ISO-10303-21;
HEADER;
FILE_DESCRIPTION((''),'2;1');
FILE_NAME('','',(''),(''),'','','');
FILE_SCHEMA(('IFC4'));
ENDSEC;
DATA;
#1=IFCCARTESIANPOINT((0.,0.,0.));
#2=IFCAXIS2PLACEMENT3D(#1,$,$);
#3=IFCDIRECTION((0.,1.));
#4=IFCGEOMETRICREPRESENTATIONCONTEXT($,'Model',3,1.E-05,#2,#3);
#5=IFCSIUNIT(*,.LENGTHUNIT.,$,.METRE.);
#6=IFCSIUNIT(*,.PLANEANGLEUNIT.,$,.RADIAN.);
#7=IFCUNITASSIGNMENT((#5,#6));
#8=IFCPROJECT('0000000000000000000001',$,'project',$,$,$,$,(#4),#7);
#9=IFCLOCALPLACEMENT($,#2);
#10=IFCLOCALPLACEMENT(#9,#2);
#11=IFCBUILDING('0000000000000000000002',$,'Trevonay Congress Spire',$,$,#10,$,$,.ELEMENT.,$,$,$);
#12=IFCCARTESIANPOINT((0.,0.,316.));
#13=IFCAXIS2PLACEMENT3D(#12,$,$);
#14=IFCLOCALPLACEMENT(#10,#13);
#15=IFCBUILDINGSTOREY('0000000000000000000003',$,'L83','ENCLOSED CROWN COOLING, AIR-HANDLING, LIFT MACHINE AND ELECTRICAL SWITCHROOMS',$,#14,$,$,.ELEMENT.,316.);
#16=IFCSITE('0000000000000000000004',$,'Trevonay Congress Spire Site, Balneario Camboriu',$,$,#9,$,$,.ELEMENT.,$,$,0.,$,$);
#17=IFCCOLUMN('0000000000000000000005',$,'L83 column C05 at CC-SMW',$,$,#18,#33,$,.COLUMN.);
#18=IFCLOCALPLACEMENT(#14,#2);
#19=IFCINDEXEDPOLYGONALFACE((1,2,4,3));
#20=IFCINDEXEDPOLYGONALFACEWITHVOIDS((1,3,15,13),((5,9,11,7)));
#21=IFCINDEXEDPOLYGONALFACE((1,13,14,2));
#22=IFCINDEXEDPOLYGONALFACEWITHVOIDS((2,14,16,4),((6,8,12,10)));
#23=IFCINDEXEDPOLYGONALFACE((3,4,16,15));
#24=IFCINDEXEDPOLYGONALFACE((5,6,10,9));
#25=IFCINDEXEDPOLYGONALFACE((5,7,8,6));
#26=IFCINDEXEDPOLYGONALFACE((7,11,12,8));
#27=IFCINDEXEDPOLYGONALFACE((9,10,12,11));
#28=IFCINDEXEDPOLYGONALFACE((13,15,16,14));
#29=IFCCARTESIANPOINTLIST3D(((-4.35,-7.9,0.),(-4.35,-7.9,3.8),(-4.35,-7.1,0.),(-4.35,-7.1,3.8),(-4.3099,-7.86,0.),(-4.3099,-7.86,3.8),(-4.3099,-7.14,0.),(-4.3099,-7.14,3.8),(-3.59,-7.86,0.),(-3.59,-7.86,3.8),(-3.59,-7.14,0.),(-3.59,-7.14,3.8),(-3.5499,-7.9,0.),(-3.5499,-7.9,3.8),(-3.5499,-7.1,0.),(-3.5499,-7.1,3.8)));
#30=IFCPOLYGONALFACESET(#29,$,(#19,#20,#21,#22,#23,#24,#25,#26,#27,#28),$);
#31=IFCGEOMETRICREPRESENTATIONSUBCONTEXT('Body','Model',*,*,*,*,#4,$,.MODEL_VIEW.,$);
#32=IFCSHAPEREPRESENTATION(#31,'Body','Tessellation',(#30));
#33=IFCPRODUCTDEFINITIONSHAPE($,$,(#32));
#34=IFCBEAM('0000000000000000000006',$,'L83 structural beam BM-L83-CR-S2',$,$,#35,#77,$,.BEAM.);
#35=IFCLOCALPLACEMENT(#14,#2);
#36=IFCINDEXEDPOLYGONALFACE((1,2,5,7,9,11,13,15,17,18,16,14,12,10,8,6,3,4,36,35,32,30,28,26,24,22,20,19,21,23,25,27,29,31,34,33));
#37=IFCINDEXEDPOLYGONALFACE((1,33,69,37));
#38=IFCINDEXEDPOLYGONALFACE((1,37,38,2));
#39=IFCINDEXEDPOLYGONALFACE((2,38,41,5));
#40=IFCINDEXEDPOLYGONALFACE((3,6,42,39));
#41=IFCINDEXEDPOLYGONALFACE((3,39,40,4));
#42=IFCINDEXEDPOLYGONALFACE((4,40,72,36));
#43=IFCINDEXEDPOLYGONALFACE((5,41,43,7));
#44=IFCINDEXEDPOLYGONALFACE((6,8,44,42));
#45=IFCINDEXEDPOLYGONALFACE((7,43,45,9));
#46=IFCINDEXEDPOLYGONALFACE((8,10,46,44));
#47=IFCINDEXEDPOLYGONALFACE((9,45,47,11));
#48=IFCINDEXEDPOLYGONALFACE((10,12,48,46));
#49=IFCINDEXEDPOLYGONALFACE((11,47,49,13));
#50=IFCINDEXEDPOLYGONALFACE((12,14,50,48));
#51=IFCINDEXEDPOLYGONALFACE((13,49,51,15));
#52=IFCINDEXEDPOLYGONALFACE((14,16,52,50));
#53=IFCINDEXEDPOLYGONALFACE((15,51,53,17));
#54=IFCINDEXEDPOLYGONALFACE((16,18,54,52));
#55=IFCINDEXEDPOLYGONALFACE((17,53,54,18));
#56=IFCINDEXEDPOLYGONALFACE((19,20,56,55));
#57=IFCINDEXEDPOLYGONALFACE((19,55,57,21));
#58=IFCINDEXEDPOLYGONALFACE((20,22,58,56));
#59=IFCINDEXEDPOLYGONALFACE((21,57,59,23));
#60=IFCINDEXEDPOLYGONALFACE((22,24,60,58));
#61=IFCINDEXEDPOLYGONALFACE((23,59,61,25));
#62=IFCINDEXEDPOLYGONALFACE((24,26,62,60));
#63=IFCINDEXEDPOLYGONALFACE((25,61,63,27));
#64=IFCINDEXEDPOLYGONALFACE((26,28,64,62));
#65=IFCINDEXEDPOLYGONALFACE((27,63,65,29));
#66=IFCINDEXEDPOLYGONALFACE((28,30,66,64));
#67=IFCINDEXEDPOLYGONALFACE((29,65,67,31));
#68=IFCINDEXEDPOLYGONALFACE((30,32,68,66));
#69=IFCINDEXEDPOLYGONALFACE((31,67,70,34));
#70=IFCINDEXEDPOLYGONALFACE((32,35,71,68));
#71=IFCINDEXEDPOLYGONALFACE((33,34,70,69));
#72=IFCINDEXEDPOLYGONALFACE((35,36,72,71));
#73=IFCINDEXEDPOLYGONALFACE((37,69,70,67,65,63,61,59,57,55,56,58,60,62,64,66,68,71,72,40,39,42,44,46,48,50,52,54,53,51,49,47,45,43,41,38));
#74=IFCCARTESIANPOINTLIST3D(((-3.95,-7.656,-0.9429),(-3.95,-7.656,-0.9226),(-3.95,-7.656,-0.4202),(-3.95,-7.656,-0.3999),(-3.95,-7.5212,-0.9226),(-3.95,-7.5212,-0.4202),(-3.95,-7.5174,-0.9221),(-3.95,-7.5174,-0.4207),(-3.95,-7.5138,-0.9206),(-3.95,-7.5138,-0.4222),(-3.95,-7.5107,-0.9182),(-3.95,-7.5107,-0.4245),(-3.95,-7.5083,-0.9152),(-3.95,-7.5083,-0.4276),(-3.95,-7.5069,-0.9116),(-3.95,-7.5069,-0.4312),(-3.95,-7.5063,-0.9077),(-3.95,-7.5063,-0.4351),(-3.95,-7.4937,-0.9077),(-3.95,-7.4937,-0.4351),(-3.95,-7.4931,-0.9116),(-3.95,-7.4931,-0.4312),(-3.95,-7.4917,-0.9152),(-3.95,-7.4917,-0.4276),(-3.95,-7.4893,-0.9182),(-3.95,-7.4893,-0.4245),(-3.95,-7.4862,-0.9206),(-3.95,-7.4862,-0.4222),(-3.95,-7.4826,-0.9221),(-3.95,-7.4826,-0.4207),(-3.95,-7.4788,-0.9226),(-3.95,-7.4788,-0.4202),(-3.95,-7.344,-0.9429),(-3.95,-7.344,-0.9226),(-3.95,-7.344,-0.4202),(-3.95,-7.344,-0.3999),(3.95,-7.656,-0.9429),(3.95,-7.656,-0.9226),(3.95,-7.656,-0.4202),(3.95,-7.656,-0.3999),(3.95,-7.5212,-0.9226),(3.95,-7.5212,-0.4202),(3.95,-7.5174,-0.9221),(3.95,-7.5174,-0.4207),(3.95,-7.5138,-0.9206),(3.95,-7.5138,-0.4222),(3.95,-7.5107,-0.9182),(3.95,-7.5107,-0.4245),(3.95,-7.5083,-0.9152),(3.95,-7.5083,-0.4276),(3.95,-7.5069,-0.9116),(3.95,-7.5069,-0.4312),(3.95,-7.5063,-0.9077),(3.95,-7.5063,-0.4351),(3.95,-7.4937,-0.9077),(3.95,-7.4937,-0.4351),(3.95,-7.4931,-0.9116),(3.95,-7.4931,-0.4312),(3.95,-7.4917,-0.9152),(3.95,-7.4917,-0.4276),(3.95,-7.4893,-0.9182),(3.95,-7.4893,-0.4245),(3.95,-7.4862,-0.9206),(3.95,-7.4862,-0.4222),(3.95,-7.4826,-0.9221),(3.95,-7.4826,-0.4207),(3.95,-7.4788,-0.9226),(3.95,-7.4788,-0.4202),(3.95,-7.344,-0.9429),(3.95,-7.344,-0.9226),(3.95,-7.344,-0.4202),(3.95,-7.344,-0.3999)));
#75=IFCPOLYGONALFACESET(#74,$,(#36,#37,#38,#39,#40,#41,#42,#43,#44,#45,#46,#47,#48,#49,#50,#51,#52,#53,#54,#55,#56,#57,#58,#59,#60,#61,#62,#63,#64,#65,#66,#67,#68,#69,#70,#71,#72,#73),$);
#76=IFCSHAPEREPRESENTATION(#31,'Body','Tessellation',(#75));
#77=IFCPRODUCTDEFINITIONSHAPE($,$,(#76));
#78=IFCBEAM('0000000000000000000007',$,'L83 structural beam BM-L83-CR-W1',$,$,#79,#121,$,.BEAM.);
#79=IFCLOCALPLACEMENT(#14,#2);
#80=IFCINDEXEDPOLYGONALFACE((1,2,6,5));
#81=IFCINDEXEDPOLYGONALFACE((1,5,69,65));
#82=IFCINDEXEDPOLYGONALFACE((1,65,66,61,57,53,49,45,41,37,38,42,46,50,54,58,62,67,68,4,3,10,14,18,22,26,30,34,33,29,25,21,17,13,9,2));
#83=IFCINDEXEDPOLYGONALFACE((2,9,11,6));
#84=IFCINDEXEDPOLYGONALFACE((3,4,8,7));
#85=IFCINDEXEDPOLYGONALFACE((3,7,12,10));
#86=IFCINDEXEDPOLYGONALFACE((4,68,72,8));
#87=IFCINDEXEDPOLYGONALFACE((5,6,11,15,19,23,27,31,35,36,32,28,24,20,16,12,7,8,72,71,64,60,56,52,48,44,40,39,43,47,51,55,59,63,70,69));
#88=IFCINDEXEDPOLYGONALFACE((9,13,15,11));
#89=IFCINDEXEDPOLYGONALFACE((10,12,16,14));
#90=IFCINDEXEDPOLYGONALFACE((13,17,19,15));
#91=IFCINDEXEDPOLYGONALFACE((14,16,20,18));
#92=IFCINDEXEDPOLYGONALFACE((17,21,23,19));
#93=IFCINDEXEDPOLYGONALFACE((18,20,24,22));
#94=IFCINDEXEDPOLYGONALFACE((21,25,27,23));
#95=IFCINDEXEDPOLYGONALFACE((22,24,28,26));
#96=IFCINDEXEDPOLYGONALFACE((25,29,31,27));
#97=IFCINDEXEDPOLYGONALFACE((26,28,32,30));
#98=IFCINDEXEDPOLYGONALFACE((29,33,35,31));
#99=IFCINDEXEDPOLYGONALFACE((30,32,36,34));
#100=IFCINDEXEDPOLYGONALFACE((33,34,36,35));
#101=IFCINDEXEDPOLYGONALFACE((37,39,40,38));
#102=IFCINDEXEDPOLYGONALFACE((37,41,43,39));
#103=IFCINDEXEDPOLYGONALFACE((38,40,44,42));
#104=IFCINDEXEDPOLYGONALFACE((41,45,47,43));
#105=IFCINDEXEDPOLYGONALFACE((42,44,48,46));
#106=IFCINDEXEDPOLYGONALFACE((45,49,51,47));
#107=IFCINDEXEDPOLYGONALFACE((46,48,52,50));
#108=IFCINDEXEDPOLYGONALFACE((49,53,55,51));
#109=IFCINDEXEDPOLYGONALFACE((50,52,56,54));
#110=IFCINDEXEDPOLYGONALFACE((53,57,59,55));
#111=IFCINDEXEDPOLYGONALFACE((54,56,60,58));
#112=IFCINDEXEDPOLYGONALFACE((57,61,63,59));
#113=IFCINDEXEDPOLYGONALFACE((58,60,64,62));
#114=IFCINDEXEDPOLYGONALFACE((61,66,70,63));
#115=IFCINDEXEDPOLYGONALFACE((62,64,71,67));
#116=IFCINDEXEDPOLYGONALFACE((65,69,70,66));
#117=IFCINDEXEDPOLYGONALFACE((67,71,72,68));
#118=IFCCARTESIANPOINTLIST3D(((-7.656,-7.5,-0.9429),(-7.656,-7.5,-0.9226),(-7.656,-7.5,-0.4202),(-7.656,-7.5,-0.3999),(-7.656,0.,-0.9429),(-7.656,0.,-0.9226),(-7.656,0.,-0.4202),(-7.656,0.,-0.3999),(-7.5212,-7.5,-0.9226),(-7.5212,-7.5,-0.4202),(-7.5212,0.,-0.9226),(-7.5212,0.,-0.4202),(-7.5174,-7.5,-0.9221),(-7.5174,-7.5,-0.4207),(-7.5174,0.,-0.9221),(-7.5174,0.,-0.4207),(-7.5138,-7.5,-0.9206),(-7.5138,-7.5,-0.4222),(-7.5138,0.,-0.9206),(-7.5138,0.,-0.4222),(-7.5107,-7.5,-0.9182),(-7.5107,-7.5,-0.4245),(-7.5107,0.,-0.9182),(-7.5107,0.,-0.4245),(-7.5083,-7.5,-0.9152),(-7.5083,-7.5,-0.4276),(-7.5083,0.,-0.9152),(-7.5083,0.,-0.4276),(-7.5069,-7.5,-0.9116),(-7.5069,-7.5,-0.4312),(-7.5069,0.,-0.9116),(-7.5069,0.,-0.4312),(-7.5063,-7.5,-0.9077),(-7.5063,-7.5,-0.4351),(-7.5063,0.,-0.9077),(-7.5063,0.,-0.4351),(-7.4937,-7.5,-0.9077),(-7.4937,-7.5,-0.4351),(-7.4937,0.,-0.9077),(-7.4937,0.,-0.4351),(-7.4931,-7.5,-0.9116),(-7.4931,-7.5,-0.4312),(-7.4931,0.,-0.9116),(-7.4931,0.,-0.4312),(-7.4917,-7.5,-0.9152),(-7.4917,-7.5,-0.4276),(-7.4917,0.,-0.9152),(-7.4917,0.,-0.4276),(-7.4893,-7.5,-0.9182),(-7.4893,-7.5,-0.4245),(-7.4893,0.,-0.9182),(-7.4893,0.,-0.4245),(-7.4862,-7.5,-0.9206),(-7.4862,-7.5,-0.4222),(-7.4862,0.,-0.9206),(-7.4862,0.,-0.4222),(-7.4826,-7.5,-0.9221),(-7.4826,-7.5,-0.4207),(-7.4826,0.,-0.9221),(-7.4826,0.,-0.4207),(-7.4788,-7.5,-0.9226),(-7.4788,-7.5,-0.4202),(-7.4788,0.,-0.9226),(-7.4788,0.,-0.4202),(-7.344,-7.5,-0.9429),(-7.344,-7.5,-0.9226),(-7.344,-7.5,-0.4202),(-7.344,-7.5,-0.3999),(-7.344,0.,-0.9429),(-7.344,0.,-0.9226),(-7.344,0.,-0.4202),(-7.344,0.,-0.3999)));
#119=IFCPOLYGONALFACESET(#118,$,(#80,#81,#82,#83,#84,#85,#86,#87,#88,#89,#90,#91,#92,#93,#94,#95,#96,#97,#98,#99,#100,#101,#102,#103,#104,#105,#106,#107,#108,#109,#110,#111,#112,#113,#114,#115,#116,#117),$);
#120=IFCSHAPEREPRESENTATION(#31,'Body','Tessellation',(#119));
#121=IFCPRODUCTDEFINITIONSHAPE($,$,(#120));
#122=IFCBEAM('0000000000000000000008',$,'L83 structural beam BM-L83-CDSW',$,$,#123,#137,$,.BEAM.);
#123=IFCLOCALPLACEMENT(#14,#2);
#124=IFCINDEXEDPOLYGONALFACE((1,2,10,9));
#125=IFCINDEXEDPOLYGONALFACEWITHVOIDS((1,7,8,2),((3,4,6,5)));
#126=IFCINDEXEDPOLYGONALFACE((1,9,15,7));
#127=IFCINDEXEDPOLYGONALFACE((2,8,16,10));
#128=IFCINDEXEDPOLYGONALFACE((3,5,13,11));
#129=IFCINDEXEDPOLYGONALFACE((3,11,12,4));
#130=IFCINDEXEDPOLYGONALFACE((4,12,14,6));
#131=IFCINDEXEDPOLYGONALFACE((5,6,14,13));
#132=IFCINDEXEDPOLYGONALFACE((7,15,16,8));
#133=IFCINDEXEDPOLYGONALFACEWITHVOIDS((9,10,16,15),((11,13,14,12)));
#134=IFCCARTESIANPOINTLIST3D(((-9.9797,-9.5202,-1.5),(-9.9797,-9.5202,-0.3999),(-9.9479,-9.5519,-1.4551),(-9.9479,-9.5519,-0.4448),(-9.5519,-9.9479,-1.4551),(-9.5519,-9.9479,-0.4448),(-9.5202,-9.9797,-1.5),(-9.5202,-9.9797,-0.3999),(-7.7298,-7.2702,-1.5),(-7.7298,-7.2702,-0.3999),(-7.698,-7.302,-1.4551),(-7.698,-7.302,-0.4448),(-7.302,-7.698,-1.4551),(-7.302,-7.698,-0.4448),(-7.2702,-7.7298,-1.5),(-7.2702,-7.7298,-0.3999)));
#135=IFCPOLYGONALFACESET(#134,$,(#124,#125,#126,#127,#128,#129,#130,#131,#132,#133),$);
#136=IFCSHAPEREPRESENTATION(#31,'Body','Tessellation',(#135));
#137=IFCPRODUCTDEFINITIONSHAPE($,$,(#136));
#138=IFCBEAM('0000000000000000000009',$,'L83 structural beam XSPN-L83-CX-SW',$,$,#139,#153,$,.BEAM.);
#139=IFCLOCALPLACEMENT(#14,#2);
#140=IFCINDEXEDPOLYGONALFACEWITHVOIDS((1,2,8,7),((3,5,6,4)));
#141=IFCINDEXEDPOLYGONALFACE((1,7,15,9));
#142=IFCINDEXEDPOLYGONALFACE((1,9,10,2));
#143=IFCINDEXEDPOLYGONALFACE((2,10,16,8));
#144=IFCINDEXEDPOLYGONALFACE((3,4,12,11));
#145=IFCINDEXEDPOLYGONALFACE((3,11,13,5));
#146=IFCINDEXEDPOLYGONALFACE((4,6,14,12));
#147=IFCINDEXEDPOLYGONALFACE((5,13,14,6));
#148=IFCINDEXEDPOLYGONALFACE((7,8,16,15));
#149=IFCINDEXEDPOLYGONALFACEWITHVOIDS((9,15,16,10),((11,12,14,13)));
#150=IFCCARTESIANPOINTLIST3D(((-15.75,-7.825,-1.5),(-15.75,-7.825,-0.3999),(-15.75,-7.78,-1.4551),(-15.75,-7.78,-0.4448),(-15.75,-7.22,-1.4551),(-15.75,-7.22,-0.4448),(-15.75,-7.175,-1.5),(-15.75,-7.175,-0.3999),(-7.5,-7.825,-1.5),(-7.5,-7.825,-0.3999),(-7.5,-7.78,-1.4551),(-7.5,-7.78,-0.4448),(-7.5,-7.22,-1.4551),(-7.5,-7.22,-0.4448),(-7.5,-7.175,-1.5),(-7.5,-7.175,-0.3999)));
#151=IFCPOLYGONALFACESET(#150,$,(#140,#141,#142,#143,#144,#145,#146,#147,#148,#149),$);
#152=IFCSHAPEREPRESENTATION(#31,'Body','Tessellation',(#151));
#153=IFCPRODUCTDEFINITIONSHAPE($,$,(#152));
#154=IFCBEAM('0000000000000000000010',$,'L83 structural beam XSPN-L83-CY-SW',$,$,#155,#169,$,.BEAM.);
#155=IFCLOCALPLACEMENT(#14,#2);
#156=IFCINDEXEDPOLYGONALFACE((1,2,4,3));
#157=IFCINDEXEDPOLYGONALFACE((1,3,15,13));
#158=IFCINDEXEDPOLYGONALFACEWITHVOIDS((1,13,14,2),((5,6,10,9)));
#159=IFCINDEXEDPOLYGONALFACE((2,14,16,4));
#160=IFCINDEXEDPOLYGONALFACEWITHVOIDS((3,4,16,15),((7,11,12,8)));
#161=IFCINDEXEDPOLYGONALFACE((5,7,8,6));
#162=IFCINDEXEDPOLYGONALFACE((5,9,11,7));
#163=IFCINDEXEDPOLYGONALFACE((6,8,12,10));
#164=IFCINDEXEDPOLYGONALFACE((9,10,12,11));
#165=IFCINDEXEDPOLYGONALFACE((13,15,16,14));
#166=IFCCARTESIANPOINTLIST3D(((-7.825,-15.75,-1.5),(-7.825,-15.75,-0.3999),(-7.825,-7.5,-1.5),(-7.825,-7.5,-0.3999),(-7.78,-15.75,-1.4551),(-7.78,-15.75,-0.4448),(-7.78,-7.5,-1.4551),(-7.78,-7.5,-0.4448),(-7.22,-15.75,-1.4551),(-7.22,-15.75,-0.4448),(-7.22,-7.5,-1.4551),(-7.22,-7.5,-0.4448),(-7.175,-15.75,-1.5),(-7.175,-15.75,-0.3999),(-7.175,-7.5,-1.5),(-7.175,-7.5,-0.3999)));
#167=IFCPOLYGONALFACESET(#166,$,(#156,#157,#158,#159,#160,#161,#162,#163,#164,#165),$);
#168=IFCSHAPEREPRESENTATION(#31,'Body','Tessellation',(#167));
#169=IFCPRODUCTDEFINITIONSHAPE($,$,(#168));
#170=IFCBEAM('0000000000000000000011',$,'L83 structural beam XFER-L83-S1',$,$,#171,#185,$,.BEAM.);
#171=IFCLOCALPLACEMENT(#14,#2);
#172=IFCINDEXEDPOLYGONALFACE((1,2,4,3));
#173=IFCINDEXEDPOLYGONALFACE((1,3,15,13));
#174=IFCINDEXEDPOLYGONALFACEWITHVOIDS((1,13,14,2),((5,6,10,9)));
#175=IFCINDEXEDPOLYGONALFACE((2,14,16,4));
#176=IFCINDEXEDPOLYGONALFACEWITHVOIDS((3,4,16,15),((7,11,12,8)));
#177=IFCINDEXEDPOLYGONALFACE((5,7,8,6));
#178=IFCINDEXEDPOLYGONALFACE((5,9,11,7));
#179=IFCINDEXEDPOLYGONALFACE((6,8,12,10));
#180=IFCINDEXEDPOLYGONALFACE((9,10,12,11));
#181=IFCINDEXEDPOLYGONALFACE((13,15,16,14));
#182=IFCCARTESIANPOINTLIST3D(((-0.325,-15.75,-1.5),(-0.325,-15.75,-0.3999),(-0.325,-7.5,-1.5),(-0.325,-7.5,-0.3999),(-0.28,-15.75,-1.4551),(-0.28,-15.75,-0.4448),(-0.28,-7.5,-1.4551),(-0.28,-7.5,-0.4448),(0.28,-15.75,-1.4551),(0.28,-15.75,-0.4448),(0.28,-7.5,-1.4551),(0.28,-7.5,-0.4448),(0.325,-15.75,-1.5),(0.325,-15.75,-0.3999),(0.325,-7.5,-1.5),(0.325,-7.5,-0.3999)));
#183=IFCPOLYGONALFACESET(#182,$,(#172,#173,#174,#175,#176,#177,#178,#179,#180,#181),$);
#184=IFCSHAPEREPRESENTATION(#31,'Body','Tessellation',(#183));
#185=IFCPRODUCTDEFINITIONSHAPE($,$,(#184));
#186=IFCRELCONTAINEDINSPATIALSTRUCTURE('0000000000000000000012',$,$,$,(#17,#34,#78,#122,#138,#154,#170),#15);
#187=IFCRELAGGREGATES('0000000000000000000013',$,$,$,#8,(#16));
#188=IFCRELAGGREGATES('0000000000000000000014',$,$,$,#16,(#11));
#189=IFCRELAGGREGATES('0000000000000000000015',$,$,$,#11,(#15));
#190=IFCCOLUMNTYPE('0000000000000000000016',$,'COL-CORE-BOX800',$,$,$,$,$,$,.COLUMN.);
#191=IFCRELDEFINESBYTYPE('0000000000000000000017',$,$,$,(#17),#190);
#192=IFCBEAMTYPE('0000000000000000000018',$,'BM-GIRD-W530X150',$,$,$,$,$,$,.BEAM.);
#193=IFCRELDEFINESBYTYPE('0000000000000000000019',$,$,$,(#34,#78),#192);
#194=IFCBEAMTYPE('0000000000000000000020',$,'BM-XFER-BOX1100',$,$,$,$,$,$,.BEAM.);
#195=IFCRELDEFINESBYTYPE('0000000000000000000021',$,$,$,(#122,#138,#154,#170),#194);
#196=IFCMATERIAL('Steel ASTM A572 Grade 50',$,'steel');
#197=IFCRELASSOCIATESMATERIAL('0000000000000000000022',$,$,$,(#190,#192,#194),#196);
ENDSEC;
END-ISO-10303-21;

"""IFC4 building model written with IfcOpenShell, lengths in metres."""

from ifc_helpers import new_model, si_unit, direction, frame, origin, origin_2d, place, context, subcontext, project, spatial, hollow_rectangle, i_section, extrude, material, material_profile, profile_set, type_object, element, save


model = new_model("IFC4")

# Units and contexts
model_context = context("Model", 3, precision=1e-05, world=origin(), true_north=direction((0.0, 1.0)))
body_context = subcontext(model_context, "Body", "Model", "MODEL_VIEW")
ifc_project = project(units=[si_unit("LENGTHUNIT", "METRE"), si_unit("PLANEANGLEUNIT", "RADIAN")], contexts=[model_context])

# Site, building, storey
site_placement = place(None, origin())
site = spatial("IfcSite", under=ifc_project, at=site_placement, Name="Trevonay Congress Spire Site, Balneario Camboriu", CompositionType="ELEMENT", RefElevation=0.0)
building_placement = place(site_placement, origin())
building = spatial("IfcBuilding", under=site, at=building_placement, Name="Trevonay Congress Spire", CompositionType="ELEMENT")
storey_placement = place(building_placement, frame((0.0, 0.0, 316.0)))
storey = spatial("IfcBuildingStorey", under=building, at=storey_placement, Name="L83", Description="ENCLOSED CROWN COOLING, AIR-HANDLING, LIFT MACHINE AND ELECTRICAL SWITCHROOMS", CompositionType="ELEMENT", Elevation=316.0)

# Column
ifc_material_1 = material(Name="Steel ASTM A572 Grade 50", Category="steel")
ifc_material_profile_1 = material_profile(ifc_material_1, hollow_rectangle(XDim=0.8, YDim=0.8, WallThickness=0.04, at=origin_2d()), Name="BOX 800x800x40")
ifc_profile_set_1 = profile_set([ifc_material_profile_1], Name="Steel ASTM A572 Grade 50")
column_type = type_object("IfcColumnType", Name="COL-CORE-BOX800", PredefinedType="COLUMN", material=ifc_profile_set_1)
column_placement = place(storey_placement, frame((-3.95, -7.5, 0.0), z_axis=(0.0, 0.0, 1.0), x_axis=(1.0, 0.0, 0.0)))
element("IfcColumn", 1, at=column_placement, inside=storey, type_object=column_type, Name="L83 column C05 at CC-SMW", PredefinedType="COLUMN", context=body_context, shape_type="SweptSolid", body=[
    extrude(hollow_rectangle(XDim=0.8, YDim=0.8, WallThickness=0.04, at=origin_2d()), origin(), (0.0, 0.0, 1.0), 3.8),
])

# Beams
ifc_material_profile_2 = material_profile(ifc_material_1, i_section(OverallWidth=0.312, OverallDepth=0.543, WebThickness=0.0127, FlangeThickness=0.0203, FilletRadius=0.0149, at=origin_2d()), Name="W530x150")
ifc_profile_set_2 = profile_set([ifc_material_profile_2], Name="Steel ASTM A572 Grade 50")
beam_type_1 = type_object("IfcBeamType", Name="BM-GIRD-W530X150", PredefinedType="BEAM", material=ifc_profile_set_2)
beam_1_placement = place(storey_placement, frame((-3.95, -7.5, -0.6714), z_axis=(1.0, 0.0, 0.0), x_axis=(0.0, 1.0, 0.0)))
element("IfcBeam", 2, at=beam_1_placement, inside=storey, type_object=beam_type_1, Name="L83 structural beam BM-L83-CR-S2", PredefinedType="BEAM", context=body_context, shape_type="SweptSolid", body=[
    extrude(i_section(OverallWidth=0.312, OverallDepth=0.543, WebThickness=0.0127, FlangeThickness=0.0203, FilletRadius=0.0149, at=origin_2d()), origin(), (0.0, 0.0, 1.0), 7.8999),
])
beam_2_placement = place(storey_placement, frame((-7.5, -7.5, -0.6714), z_axis=(0.0, 1.0, 0.0), x_axis=(-1.0, 0.0, 0.0)))
element("IfcBeam", 3, at=beam_2_placement, inside=storey, type_object=beam_type_1, Name="L83 structural beam BM-L83-CR-W1", PredefinedType="BEAM", context=body_context, shape_type="SweptSolid", body=[
    extrude(i_section(OverallWidth=0.312, OverallDepth=0.543, WebThickness=0.0127, FlangeThickness=0.0203, FilletRadius=0.0149, at=origin_2d()), origin(), (0.0, 0.0, 1.0), 7.5),
])
ifc_material_profile_3 = material_profile(ifc_material_1, hollow_rectangle(XDim=0.6499, YDim=1.1001, WallThickness=0.0449, at=origin_2d()), Name="BOX 1100x650x45")
ifc_profile_set_3 = profile_set([ifc_material_profile_3], Name="Steel ASTM A572 Grade 50")
beam_type_2 = type_object("IfcBeamType", Name="BM-XFER-BOX1100", PredefinedType="BEAM", material=ifc_profile_set_3)
beam_3_placement = place(storey_placement, frame((-7.5, -7.5, -0.95), z_axis=(-0.707107, -0.707107, 0.0), x_axis=(0.707107, -0.707107, 0.0)))
element("IfcBeam", 4, at=beam_3_placement, inside=storey, type_object=beam_type_2, Name="L83 structural beam BM-L83-CDSW", PredefinedType="BEAM", context=body_context, shape_type="SweptSolid", body=[
    extrude(hollow_rectangle(XDim=0.6499, YDim=1.1001, WallThickness=0.0449, at=origin_2d()), origin(), (0.0, 0.0, 1.0), 3.1819),
])
for number, where, z_axis, x_axis, name in (
    (5, (-7.5, -7.5, -0.95), (-1.0, 0.0, 0.0), (0.0, -1.0, 0.0), "L83 structural beam XSPN-L83-CX-SW"),
    (6, (-7.5, -7.5, -0.95), (0.0, -1.0, 0.0), (1.0, 0.0, 0.0), "L83 structural beam XSPN-L83-CY-SW"),
    (7, (0.0, -7.5, -0.95), (0.0, -1.0, 0.0), (1.0, 0.0, 0.0), "L83 structural beam XFER-L83-S1"),
):
    element("IfcBeam", number, at=place(storey_placement, frame(where, z_axis=z_axis, x_axis=x_axis)), inside=storey, type_object=beam_type_2, Name=name, PredefinedType="BEAM", context=body_context, shape_type="SweptSolid", body=[
        extrude(hollow_rectangle(XDim=0.6499, YDim=1.1001, WallThickness=0.0449, at=origin_2d()), origin(), (0.0, 0.0, 1.0), 8.25),
    ])

save(model, "model.ifc")
